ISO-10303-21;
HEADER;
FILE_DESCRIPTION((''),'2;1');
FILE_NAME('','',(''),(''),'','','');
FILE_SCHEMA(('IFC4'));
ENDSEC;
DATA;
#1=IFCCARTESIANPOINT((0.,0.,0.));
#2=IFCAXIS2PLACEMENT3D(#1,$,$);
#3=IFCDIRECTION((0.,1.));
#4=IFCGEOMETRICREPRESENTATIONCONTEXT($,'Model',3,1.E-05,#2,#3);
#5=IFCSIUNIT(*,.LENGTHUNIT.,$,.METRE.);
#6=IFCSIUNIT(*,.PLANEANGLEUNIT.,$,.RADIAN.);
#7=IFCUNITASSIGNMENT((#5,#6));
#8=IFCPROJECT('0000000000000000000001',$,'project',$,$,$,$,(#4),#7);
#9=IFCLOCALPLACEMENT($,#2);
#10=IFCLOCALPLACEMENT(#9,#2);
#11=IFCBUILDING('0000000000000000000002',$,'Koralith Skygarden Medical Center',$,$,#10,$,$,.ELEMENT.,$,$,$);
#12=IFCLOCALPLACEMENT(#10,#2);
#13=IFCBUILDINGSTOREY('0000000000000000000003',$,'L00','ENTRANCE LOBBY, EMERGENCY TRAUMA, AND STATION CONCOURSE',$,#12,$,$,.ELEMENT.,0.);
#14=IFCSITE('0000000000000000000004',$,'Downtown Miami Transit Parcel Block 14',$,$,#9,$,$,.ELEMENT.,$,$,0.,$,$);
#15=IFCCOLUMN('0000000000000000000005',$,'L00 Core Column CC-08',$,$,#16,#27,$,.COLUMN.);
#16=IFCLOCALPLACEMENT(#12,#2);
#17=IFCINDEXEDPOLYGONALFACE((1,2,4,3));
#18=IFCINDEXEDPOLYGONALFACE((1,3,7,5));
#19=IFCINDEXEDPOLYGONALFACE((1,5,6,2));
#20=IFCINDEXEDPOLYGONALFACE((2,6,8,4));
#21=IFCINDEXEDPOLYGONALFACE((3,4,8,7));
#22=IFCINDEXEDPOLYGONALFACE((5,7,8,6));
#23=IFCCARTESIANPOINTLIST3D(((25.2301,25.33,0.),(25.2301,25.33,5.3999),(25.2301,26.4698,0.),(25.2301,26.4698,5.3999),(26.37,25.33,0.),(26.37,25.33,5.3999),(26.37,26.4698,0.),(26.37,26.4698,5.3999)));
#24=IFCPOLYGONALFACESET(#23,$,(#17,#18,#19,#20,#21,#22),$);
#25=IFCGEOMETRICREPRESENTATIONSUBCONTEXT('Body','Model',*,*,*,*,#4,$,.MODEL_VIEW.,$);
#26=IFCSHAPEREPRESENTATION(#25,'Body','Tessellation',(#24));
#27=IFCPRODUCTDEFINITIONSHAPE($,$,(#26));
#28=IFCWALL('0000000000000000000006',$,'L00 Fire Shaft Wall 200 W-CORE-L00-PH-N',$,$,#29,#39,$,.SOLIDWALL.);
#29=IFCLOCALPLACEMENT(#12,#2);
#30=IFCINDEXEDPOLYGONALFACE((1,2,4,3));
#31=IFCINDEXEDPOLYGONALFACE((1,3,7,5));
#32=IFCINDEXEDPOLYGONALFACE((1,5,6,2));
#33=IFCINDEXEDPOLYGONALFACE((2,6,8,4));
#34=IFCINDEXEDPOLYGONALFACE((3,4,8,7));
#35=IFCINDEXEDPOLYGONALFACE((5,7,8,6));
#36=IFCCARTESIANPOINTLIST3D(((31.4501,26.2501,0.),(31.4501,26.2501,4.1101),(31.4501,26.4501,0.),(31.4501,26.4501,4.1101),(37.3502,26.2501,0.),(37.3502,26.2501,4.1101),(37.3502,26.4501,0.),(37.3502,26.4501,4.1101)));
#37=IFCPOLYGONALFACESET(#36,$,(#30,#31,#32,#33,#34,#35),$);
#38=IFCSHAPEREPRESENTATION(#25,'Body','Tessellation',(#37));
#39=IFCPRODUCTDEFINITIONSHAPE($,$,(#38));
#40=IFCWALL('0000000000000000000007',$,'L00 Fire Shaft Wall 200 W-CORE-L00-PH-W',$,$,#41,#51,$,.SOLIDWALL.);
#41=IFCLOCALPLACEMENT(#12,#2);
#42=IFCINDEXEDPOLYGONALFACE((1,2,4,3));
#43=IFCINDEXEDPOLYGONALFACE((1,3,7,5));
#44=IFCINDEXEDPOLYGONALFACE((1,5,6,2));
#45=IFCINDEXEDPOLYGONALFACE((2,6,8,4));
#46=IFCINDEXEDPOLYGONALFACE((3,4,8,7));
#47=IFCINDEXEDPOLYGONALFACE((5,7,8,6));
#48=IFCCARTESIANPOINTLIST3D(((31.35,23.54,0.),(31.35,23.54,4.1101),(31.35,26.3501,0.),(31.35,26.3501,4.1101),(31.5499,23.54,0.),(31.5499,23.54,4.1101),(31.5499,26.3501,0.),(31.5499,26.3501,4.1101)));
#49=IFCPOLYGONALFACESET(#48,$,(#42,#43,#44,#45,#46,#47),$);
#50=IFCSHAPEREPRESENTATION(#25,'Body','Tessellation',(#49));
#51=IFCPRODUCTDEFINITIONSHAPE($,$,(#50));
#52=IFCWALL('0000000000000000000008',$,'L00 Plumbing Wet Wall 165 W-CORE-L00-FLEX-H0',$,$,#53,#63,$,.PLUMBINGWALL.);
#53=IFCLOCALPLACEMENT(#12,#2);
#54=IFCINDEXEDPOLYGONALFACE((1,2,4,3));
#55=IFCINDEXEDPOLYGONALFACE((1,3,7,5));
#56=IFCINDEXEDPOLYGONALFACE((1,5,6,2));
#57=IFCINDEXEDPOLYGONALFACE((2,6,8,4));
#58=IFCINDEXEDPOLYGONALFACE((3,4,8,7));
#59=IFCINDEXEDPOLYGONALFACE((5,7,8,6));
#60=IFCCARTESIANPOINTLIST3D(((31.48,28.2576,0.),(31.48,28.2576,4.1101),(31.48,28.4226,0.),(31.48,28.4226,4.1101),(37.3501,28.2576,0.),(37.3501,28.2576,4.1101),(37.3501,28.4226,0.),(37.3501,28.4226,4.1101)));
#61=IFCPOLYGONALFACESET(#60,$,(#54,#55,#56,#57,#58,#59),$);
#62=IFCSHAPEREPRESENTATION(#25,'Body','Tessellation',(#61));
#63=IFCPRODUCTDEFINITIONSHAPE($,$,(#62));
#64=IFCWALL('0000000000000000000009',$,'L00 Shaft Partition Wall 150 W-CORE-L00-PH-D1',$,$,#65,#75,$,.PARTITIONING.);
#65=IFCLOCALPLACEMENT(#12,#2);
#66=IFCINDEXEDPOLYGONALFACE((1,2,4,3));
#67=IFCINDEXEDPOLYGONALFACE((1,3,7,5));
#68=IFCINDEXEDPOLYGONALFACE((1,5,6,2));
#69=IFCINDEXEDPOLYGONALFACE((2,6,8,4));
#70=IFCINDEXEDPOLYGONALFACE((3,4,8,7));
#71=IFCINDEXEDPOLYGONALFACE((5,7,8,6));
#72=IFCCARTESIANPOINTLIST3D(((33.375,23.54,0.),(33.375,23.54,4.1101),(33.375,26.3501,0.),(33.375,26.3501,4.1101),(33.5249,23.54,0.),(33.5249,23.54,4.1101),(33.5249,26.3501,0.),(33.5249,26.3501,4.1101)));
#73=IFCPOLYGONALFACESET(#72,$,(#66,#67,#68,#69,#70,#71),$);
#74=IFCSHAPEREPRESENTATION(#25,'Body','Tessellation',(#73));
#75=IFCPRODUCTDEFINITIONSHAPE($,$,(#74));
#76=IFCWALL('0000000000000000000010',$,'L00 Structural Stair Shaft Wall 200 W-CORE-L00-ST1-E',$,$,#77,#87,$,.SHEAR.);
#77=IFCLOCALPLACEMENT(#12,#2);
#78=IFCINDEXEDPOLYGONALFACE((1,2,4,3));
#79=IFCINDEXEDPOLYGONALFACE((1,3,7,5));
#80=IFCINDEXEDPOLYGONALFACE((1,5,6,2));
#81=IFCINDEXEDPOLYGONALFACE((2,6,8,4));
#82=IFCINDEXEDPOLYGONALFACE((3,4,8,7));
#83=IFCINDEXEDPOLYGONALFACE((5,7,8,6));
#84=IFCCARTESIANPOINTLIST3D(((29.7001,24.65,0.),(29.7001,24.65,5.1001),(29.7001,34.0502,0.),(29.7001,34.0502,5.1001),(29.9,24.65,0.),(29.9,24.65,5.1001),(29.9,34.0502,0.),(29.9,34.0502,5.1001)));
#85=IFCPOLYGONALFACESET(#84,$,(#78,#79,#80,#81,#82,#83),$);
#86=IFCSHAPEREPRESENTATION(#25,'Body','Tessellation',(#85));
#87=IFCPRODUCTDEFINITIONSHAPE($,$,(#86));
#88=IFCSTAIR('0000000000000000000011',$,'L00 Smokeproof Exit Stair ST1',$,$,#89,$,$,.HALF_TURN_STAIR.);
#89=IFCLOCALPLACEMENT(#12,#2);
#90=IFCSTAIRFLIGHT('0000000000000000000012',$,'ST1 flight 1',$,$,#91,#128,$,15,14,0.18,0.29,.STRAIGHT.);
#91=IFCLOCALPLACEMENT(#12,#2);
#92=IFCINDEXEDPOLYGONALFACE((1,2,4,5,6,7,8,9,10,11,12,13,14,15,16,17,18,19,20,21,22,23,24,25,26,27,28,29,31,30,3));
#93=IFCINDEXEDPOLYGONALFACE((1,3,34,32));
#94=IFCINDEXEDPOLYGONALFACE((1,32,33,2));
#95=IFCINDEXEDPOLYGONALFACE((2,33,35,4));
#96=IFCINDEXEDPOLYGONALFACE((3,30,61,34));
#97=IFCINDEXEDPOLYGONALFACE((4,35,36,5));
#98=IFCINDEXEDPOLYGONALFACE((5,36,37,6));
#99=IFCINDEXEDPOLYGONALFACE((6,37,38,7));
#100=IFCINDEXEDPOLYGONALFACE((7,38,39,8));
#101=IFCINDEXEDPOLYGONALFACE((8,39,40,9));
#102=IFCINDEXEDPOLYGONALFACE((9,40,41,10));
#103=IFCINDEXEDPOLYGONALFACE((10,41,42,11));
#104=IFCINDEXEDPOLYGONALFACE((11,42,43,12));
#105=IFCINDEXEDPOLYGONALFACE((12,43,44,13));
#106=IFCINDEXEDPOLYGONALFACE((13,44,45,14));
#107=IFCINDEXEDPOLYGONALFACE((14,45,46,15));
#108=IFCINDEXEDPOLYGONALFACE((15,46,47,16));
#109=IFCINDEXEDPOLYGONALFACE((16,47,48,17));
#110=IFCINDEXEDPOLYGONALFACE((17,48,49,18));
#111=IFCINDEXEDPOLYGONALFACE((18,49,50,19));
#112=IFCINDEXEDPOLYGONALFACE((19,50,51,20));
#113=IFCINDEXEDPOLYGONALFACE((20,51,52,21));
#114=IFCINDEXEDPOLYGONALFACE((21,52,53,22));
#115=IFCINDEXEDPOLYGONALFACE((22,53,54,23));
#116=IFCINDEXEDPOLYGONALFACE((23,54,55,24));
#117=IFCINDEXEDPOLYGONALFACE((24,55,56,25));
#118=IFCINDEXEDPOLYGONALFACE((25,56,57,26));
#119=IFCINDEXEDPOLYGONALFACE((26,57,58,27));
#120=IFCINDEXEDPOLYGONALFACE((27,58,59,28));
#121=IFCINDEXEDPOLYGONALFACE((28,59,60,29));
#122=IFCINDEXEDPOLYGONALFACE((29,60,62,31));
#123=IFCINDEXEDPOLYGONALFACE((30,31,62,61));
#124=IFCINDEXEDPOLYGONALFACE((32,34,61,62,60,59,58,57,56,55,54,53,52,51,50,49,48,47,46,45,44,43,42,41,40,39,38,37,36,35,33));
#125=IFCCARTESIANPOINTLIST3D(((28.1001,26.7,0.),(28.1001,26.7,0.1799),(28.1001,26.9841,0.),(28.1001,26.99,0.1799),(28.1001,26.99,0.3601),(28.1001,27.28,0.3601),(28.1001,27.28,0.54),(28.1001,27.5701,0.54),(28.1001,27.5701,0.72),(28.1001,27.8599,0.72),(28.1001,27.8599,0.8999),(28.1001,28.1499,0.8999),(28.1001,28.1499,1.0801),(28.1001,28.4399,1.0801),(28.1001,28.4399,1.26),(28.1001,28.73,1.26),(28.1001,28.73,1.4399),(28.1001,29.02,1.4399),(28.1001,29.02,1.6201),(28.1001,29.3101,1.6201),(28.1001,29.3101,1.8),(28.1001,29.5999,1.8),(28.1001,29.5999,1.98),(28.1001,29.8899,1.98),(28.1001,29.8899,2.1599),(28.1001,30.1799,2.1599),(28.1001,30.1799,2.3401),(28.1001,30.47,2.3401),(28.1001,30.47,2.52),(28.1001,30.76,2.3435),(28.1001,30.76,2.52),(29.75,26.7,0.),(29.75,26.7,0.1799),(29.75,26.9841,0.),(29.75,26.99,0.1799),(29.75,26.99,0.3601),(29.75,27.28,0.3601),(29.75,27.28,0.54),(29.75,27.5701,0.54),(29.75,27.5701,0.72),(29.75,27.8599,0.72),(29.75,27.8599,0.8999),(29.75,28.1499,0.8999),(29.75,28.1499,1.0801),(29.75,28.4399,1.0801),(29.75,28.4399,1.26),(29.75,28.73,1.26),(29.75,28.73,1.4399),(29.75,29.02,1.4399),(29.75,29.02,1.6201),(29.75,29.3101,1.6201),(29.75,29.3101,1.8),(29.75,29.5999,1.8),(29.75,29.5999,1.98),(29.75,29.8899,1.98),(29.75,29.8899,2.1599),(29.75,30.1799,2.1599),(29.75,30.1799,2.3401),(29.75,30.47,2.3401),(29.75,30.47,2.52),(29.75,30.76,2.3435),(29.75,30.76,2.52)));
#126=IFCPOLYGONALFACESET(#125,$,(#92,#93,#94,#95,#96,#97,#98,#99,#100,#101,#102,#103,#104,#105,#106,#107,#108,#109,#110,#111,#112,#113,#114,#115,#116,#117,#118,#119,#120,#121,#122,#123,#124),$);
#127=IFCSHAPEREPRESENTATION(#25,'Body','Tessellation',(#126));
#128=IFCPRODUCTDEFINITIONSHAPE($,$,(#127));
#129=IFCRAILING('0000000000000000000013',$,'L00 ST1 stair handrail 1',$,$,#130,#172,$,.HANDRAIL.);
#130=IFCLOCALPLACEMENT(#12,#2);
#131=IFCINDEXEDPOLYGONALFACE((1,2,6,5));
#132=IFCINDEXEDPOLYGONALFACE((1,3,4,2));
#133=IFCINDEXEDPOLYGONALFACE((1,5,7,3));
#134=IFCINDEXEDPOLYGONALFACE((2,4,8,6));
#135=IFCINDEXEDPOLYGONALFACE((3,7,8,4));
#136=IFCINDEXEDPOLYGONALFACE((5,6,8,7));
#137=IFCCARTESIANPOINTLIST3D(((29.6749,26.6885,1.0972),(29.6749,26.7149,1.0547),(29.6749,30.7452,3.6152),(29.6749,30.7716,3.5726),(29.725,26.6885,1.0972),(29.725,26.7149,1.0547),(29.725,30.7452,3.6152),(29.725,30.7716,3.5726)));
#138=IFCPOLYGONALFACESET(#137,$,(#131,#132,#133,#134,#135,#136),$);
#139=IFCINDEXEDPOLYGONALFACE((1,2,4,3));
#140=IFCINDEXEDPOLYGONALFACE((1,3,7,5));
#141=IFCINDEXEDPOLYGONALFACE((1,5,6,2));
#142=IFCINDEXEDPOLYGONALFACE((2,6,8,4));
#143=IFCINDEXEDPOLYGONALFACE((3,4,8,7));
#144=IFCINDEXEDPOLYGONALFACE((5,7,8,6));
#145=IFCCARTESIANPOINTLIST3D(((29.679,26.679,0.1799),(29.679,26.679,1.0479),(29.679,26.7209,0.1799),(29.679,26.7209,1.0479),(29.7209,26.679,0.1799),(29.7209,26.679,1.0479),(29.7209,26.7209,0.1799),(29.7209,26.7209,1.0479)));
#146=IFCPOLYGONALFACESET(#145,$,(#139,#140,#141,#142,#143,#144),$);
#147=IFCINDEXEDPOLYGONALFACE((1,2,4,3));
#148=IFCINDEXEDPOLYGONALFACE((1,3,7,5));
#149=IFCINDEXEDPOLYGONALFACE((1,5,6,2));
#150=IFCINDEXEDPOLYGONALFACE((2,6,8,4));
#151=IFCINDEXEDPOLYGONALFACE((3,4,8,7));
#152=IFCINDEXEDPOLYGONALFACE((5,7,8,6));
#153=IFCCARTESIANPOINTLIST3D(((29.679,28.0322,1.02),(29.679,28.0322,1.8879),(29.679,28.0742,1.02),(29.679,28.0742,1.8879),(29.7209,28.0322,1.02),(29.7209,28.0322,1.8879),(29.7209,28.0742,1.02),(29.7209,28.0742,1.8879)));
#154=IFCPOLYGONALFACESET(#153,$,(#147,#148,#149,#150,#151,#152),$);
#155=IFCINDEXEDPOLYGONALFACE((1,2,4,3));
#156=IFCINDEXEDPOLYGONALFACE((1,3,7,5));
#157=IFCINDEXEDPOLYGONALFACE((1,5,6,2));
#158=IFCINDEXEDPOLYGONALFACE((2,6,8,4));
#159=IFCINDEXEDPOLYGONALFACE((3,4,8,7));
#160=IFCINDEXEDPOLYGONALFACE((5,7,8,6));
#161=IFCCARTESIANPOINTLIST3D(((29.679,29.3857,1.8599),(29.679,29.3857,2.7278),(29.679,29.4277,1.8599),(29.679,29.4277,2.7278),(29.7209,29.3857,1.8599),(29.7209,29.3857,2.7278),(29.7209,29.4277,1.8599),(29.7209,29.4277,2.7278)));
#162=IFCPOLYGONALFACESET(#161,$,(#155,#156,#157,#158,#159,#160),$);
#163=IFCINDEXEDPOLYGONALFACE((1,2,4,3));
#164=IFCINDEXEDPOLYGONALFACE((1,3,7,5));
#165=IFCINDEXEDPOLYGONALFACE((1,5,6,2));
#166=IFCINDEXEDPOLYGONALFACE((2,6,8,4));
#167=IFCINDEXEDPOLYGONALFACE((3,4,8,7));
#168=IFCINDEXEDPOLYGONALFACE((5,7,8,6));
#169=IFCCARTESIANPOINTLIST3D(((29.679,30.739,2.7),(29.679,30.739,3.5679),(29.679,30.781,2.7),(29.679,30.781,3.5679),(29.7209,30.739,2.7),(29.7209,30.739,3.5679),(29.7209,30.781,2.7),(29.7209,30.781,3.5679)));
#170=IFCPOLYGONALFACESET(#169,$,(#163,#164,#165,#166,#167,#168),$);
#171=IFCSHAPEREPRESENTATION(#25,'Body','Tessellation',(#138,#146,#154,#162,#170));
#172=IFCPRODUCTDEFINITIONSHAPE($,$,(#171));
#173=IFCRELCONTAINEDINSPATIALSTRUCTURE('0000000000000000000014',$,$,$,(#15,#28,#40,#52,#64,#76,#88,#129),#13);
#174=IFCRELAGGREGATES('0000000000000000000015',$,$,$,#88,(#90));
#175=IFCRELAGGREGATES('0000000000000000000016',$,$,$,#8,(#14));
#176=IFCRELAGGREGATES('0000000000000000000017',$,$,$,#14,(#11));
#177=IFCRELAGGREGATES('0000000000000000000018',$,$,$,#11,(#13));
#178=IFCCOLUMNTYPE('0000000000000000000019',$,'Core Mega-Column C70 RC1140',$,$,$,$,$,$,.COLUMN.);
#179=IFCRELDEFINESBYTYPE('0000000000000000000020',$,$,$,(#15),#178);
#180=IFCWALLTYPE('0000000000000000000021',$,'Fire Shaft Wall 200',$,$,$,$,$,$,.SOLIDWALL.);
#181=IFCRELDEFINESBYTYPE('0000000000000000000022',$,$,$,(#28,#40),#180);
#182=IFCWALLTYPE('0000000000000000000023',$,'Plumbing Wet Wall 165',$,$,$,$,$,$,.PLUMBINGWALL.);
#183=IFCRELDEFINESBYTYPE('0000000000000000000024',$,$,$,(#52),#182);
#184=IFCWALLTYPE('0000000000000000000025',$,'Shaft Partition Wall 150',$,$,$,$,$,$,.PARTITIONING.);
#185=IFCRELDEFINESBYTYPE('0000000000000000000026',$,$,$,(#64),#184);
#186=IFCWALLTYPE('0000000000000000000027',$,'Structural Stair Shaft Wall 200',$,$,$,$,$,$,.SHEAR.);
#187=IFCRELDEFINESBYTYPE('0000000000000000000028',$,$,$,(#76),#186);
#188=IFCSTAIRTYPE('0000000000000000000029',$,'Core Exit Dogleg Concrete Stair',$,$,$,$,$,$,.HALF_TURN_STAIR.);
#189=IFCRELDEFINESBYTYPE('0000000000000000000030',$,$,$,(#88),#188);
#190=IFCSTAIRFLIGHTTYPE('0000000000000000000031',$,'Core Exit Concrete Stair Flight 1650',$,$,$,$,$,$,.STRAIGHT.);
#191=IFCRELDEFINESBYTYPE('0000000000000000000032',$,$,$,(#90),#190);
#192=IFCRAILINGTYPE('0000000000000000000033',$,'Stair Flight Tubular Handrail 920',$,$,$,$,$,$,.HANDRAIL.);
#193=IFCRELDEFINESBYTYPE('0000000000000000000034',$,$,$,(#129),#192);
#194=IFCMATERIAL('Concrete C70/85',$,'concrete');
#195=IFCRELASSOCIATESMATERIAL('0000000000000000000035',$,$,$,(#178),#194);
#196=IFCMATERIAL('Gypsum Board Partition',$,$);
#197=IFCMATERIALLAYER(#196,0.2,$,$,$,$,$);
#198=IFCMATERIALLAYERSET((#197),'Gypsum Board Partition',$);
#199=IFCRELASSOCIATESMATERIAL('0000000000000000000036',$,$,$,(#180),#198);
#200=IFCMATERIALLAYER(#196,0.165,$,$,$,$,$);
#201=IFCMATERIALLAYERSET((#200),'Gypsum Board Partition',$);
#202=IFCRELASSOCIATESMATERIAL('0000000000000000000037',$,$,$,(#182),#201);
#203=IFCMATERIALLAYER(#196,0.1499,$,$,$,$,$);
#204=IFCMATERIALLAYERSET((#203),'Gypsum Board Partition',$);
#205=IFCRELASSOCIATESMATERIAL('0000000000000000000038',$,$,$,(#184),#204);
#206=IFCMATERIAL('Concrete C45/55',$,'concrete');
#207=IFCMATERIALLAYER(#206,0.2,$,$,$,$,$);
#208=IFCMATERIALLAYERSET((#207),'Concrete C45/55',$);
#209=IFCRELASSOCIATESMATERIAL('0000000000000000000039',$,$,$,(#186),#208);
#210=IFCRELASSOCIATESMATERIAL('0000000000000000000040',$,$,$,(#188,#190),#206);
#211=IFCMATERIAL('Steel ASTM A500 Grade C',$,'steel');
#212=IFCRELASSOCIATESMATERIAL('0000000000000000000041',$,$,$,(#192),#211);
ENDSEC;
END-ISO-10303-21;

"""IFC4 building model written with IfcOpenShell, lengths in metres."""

from ifc_helpers import new_model, si_unit, direction, frame, frame_2d, origin, origin_2d, place, context, subcontext, project, spatial, polyline, rectangle, outline, extrude, material, layer, layer_set, material_profile, profile_set, type_object, element, aggregate, save


model = new_model("IFC4")

# Units and contexts
model_context = context("Model", 3, precision=1e-05, world=origin(), true_north=direction((0.0, 1.0)))
body_context = subcontext(model_context, "Body", "Model", "MODEL_VIEW")
ifc_project = project(units=[si_unit("LENGTHUNIT", "METRE"), si_unit("PLANEANGLEUNIT", "RADIAN")], contexts=[model_context])

# Site, building, storey
site_placement = place(None, origin())
site = spatial("IfcSite", under=ifc_project, at=site_placement, Name="Downtown Miami Transit Parcel Block 14", CompositionType="ELEMENT", RefElevation=0.0)
building_placement = place(site_placement, origin())
building = spatial("IfcBuilding", under=site, at=building_placement, Name="Koralith Skygarden Medical Center", CompositionType="ELEMENT")
storey_placement = place(building_placement, origin())
storey = spatial("IfcBuildingStorey", under=building, at=storey_placement, Name="L00", Description="ENTRANCE LOBBY, EMERGENCY TRAUMA, AND STATION CONCOURSE", CompositionType="ELEMENT", Elevation=0.0)

# Column
ifc_material_1 = material(Name="Concrete C70/85", Category="concrete")
ifc_material_profile = material_profile(ifc_material_1, rectangle(XDim=1.1399, YDim=1.1399, at=origin_2d()), Name="RC1140X1140")
ifc_profile_set = profile_set([ifc_material_profile], Name="Concrete C70/85")
column_type = type_object("IfcColumnType", Name="Core Mega-Column C70 RC1140", PredefinedType="COLUMN", material=ifc_profile_set)
column_placement = place(storey_placement, frame((25.8, 25.8999, 0.0), z_axis=(0.0, 0.0, 1.0), x_axis=(1.0, 0.0, 0.0)))
element("IfcColumn", 1, at=column_placement, inside=storey, type_object=column_type, Name="L00 Core Column CC-08", PredefinedType="COLUMN", context=body_context, shape_type="SweptSolid", body=[
    extrude(rectangle(XDim=1.1399, YDim=1.1399, at=origin_2d()), origin(), (0.0, 0.0, 1.0), 5.3999),
])

# Shared definitions
ifc_material_2 = material(Name="Gypsum Board Partition")
ifc_layer_1 = layer(ifc_material_2, 0.2)
ifc_layer_set_1 = layer_set([ifc_layer_1], Name="Gypsum Board Partition")
wall_type_1 = type_object("IfcWallType", Name="Fire Shaft Wall 200", PredefinedType="SOLIDWALL", material=ifc_layer_set_1)
ifc_material_3 = material(Name="Steel ASTM A500 Grade C", Category="steel")

# Walls
wall_1_placement = place(storey_placement, frame((31.45, 26.3501, 0.0), z_axis=(0.0, 0.0, 1.0), x_axis=(1.0, 0.0, 0.0)))
element("IfcWall", 2, at=wall_1_placement, inside=storey, type_object=wall_type_1, Name="L00 Fire Shaft Wall 200 W-CORE-L00-PH-N", PredefinedType="SOLIDWALL", context=body_context, shape_type="SweptSolid", body=[
    extrude(rectangle(XDim=5.9001, YDim=0.2, at=frame_2d((2.9502, 0.0))), origin(), (0.0, 0.0, 1.0), 4.1101),
])
wall_2_placement = place(storey_placement, frame((31.45, 23.54, 0.0), z_axis=(0.0, 0.0, 1.0), x_axis=(0.0, 1.0, 0.0)))
element("IfcWall", 3, at=wall_2_placement, inside=storey, type_object=wall_type_1, Name="L00 Fire Shaft Wall 200 W-CORE-L00-PH-W", PredefinedType="SOLIDWALL", context=body_context, shape_type="SweptSolid", body=[
    extrude(rectangle(XDim=2.8101, YDim=0.2, at=frame_2d((1.405, 0.0))), origin(), (0.0, 0.0, 1.0), 4.1101),
])

# Shared definitions
ifc_layer_2 = layer(ifc_material_2, 0.165)
ifc_layer_set_2 = layer_set([ifc_layer_2], Name="Gypsum Board Partition")
wall_type_2 = type_object("IfcWallType", Name="Plumbing Wet Wall 165", PredefinedType="PLUMBINGWALL", material=ifc_layer_set_2)

# Walls
wall_3_placement = place(storey_placement, frame((31.48, 28.3401, 0.0), z_axis=(0.0, 0.0, 1.0), x_axis=(1.0, 0.0, 0.0)))
element("IfcWall", 4, at=wall_3_placement, inside=storey, type_object=wall_type_2, Name="L00 Plumbing Wet Wall 165 W-CORE-L00-FLEX-H0", PredefinedType="PLUMBINGWALL", context=body_context, shape_type="SweptSolid", body=[
    extrude(rectangle(XDim=5.8701, YDim=0.165, at=frame_2d((2.9351, 0.0))), origin(), (0.0, 0.0, 1.0), 4.1101),
])
ifc_layer_3 = layer(ifc_material_2, 0.1499)
ifc_layer_set_3 = layer_set([ifc_layer_3], Name="Gypsum Board Partition")
wall_type_3 = type_object("IfcWallType", Name="Shaft Partition Wall 150", PredefinedType="PARTITIONING", material=ifc_layer_set_3)
wall_4_placement = place(storey_placement, frame((33.45, 23.54, 0.0), z_axis=(0.0, 0.0, 1.0), x_axis=(0.0, 1.0, 0.0)))
element("IfcWall", 5, at=wall_4_placement, inside=storey, type_object=wall_type_3, Name="L00 Shaft Partition Wall 150 W-CORE-L00-PH-D1", PredefinedType="PARTITIONING", context=body_context, shape_type="SweptSolid", body=[
    extrude(rectangle(XDim=2.8101, YDim=0.1499, at=frame_2d((1.405, 0.0))), origin(), (0.0, 0.0, 1.0), 4.1101),
])
ifc_material_4 = material(Name="Concrete C45/55", Category="concrete")
ifc_layer_4 = layer(ifc_material_4, 0.2)
ifc_layer_set_4 = layer_set([ifc_layer_4], Name="Concrete C45/55")
wall_type_4 = type_object("IfcWallType", Name="Structural Stair Shaft Wall 200", PredefinedType="SHEAR", material=ifc_layer_set_4)
wall_5_placement = place(storey_placement, frame((29.8, 24.6499, 0.0), z_axis=(0.0, 0.0, 1.0), x_axis=(0.0, 1.0, 0.0)))
element("IfcWall", 6, at=wall_5_placement, inside=storey, type_object=wall_type_4, Name="L00 Structural Stair Shaft Wall 200 W-CORE-L00-ST1-E", PredefinedType="SHEAR", context=body_context, shape_type="SweptSolid", body=[
    extrude(rectangle(XDim=9.4001, YDim=0.2, at=frame_2d((4.7002, 0.0))), origin(), (0.0, 0.0, 1.0), 5.1001),
])

# Stair, stair flight
stair_type = type_object("IfcStairType", Name="Core Exit Dogleg Concrete Stair", PredefinedType="HALF_TURN_STAIR", material=ifc_material_4)
stair_placement = place(storey_placement, origin())
stair = element("IfcStair", 7, at=stair_placement, inside=storey, type_object=stair_type, Name="L00 Smokeproof Exit Stair ST1", PredefinedType="HALF_TURN_STAIR")
stair_flight_type = type_object("IfcStairFlightType", Name="Core Exit Concrete Stair Flight 1650", PredefinedType="STRAIGHT", material=ifc_material_4)
stair_flight_placement = place(storey_placement, frame((28.925, 26.7, 0.0), z_axis=(0.0, 0.0, 1.0), x_axis=(0.0, 1.0, 0.0)))
stair_flight = element("IfcStairFlight", 8, at=stair_flight_placement, type_object=stair_flight_type, Name="ST1 flight 1", NumberOfRisers=15, NumberOfTreads=14, PredefinedType="STRAIGHT", RiserHeight=0.18, TreadLength=0.29, context=body_context, shape_type="SweptSolid", body=[
    extrude(outline(polyline([(0.0, 0.0), (0.0, 0.1799), (0.29, 0.1799), (0.29, 0.3601), (0.5801, 0.3601), (0.5801, 0.54), (0.8701, 0.54), (0.8701, 0.72), (1.1599, 0.72), (1.1599, 0.8999), (1.45, 0.8999), (1.45, 1.0801), (1.74, 1.0801), (1.74, 1.26), (2.03, 1.26), (2.03, 1.4399), (2.3201, 1.4399), (2.3201, 1.6201), (2.6101, 1.6201), (2.6101, 1.8), (2.8999, 1.8), (2.8999, 1.98), (3.1899, 1.98), (3.1899, 2.1599), (3.48, 2.1599), (3.48, 2.3401), (3.77, 2.3401), (3.77, 2.52), (4.0601, 2.52), (4.0601, 2.7), (4.0601, 2.3435), (0.2842, 0.0), (0.0, 0.0)])), frame((0.0, 0.825, 0.0), z_axis=(0.0, -1.0, 0.0), x_axis=(1.0, 0.0, 0.0)), (0.0, 0.0, 1.0), 1.6499),
])
aggregate(stair, [stair_flight])

# Railing
railing_type_1 = type_object("IfcRailingType", Name="Stair Flight Tubular Handrail 920", PredefinedType="HANDRAIL", material=ifc_material_3)
railing_1_placement = place(storey_placement, frame((29.7, 26.7, 0.1799)))
element("IfcRailing", 9, at=railing_1_placement, inside=storey, type_object=railing_type_1, Name="L00 ST1 stair handrail 1", PredefinedType="HANDRAIL", context=body_context, shape_type="SweptSolid", body=[
    extrude(rectangle(XDim=0.05, YDim=0.05, at=origin_2d()), frame((0.0, 0.0017, 0.896), z_axis=(0.0, 0.849642, 0.52736), x_axis=(-1.0, 0.0, 0.0)), (0.0, 0.0, 1.0), 4.7747),
    extrude(rectangle(XDim=0.042, YDim=0.042, at=origin_2d()), origin(), (0.0, 0.0, 1.0), 0.8679),
    extrude(rectangle(XDim=0.042, YDim=0.042, at=origin_2d()), frame((0.0, 1.3533, 0.8401)), (0.0, 0.0, 1.0), 0.8679),
    extrude(rectangle(XDim=0.042, YDim=0.042, at=origin_2d()), frame((0.0, 2.7068, 1.6799)), (0.0, 0.0, 1.0), 0.8679),
    extrude(rectangle(XDim=0.042, YDim=0.042, at=origin_2d()), frame((0.0, 4.0601, 2.52)), (0.0, 0.0, 1.0), 0.8679),
])

save(model, "model.ifc")
